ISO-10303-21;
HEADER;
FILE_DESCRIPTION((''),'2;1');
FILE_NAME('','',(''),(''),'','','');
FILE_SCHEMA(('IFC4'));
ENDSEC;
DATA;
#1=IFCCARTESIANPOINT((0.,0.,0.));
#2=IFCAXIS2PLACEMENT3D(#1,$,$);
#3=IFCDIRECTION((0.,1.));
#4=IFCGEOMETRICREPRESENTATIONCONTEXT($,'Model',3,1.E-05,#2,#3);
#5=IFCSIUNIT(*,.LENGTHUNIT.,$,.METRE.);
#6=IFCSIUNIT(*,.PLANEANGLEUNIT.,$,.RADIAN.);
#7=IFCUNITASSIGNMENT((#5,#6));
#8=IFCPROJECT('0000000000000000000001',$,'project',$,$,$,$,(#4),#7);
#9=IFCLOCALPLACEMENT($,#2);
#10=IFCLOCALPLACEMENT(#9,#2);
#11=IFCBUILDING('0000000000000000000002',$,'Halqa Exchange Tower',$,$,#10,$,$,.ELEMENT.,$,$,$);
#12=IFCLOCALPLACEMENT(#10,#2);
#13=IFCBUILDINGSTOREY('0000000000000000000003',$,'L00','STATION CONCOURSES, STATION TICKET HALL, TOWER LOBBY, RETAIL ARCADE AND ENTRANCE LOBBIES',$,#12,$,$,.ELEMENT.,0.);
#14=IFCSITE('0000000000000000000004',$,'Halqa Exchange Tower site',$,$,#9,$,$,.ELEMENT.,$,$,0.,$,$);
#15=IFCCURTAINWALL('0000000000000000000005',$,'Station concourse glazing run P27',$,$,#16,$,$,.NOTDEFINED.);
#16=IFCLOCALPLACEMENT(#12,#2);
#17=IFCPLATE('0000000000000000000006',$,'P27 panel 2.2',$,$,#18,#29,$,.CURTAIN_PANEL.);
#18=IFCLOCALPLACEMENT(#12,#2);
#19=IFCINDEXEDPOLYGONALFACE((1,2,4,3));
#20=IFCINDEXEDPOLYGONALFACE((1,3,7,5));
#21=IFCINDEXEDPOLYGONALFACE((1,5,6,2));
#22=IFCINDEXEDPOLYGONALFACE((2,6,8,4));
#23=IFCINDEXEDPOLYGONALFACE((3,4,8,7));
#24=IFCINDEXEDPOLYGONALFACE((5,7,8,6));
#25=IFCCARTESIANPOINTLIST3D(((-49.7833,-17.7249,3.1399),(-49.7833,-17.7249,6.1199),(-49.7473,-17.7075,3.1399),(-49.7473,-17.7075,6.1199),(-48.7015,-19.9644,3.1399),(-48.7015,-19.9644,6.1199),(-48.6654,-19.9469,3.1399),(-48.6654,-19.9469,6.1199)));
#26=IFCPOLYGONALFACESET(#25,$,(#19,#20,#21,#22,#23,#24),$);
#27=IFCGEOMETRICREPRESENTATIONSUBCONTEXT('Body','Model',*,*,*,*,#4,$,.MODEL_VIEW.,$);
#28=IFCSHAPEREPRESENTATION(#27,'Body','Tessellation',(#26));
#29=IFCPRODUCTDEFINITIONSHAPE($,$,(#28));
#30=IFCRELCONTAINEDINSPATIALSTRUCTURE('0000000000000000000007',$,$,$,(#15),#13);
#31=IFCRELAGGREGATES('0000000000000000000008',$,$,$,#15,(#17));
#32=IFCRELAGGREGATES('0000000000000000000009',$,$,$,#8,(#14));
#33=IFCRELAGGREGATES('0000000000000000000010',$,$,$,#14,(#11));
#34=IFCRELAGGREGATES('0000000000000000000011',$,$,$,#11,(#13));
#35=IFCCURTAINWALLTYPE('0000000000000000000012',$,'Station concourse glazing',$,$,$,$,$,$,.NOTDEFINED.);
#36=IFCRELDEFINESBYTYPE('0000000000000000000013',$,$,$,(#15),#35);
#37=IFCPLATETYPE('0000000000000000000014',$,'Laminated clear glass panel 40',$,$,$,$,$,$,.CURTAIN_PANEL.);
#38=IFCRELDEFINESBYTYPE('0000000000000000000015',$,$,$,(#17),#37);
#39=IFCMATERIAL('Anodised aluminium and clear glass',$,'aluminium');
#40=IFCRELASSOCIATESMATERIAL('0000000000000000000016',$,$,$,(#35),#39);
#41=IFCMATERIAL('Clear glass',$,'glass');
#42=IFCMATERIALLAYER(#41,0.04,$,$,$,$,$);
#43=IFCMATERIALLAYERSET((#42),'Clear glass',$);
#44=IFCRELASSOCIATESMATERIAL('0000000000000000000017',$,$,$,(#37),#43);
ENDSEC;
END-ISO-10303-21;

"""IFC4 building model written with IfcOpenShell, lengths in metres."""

from ifc_helpers import new_model, si_unit, direction, frame, origin, origin_2d, place, context, subcontext, project, spatial, rectangle, extrude, material, layer, layer_set, type_object, element, aggregate, save


model = new_model("IFC4")

# Units and contexts
model_context = context("Model", 3, precision=1e-05, world=origin(), true_north=direction((0.0, 1.0)))
body_context = subcontext(model_context, "Body", "Model", "MODEL_VIEW")
ifc_project = project(units=[si_unit("LENGTHUNIT", "METRE"), si_unit("PLANEANGLEUNIT", "RADIAN")], contexts=[model_context])

# Site, building, storey
site_placement = place(None, origin())
site = spatial("IfcSite", under=ifc_project, at=site_placement, Name="Halqa Exchange Tower site", CompositionType="ELEMENT", RefElevation=0.0)
building_placement = place(site_placement, origin())
building = spatial("IfcBuilding", under=site, at=building_placement, Name="Halqa Exchange Tower", CompositionType="ELEMENT")
storey_placement = place(building_placement, origin())
storey = spatial("IfcBuildingStorey", under=building, at=storey_placement, Name="L00", Description="STATION CONCOURSES, STATION TICKET HALL, TOWER LOBBY, RETAIL ARCADE AND ENTRANCE LOBBIES", CompositionType="ELEMENT", Elevation=0.0)

# Curtain wall
ifc_material_1 = material(Name="Anodised aluminium and clear glass", Category="aluminium")
curtain_wall_type = type_object("IfcCurtainWallType", Name="Station concourse glazing", PredefinedType="NOTDEFINED", material=ifc_material_1)
curtain_wall_1_placement = place(storey_placement, origin())
curtain_wall_1 = element("IfcCurtainWall", 1, at=curtain_wall_1_placement, inside=storey, type_object=curtain_wall_type, Name="Station concourse glazing run P27", PredefinedType="NOTDEFINED")

# Plate
ifc_material_2 = material(Name="Clear glass", Category="glass")
ifc_layer_1 = layer(ifc_material_2, 0.04)
ifc_layer_set_1 = layer_set([ifc_layer_1], Name="Clear glass")
plate_type = type_object("IfcPlateType", Name="Laminated clear glass panel 40", PredefinedType="CURTAIN_PANEL", material=ifc_layer_set_1)
plate_1_placement = place(storey_placement, frame((-49.2244, -18.8359, 3.1399), z_axis=(0.0, 0.0, 1.0), x_axis=(0.43499, -0.900435, 0.0)))
plate_1 = element("IfcPlate", 2, at=plate_1_placement, type_object=plate_type, Name="P27 panel 2.2", PredefinedType="CURTAIN_PANEL", context=body_context, shape_type="SweptSolid", body=[
    extrude(rectangle(XDim=2.4871, YDim=0.04, at=origin_2d()), origin(), (0.0, 0.0, 1.0), 2.98),
])
aggregate(curtain_wall_1, [plate_1])

save(model, "model.ifc")
